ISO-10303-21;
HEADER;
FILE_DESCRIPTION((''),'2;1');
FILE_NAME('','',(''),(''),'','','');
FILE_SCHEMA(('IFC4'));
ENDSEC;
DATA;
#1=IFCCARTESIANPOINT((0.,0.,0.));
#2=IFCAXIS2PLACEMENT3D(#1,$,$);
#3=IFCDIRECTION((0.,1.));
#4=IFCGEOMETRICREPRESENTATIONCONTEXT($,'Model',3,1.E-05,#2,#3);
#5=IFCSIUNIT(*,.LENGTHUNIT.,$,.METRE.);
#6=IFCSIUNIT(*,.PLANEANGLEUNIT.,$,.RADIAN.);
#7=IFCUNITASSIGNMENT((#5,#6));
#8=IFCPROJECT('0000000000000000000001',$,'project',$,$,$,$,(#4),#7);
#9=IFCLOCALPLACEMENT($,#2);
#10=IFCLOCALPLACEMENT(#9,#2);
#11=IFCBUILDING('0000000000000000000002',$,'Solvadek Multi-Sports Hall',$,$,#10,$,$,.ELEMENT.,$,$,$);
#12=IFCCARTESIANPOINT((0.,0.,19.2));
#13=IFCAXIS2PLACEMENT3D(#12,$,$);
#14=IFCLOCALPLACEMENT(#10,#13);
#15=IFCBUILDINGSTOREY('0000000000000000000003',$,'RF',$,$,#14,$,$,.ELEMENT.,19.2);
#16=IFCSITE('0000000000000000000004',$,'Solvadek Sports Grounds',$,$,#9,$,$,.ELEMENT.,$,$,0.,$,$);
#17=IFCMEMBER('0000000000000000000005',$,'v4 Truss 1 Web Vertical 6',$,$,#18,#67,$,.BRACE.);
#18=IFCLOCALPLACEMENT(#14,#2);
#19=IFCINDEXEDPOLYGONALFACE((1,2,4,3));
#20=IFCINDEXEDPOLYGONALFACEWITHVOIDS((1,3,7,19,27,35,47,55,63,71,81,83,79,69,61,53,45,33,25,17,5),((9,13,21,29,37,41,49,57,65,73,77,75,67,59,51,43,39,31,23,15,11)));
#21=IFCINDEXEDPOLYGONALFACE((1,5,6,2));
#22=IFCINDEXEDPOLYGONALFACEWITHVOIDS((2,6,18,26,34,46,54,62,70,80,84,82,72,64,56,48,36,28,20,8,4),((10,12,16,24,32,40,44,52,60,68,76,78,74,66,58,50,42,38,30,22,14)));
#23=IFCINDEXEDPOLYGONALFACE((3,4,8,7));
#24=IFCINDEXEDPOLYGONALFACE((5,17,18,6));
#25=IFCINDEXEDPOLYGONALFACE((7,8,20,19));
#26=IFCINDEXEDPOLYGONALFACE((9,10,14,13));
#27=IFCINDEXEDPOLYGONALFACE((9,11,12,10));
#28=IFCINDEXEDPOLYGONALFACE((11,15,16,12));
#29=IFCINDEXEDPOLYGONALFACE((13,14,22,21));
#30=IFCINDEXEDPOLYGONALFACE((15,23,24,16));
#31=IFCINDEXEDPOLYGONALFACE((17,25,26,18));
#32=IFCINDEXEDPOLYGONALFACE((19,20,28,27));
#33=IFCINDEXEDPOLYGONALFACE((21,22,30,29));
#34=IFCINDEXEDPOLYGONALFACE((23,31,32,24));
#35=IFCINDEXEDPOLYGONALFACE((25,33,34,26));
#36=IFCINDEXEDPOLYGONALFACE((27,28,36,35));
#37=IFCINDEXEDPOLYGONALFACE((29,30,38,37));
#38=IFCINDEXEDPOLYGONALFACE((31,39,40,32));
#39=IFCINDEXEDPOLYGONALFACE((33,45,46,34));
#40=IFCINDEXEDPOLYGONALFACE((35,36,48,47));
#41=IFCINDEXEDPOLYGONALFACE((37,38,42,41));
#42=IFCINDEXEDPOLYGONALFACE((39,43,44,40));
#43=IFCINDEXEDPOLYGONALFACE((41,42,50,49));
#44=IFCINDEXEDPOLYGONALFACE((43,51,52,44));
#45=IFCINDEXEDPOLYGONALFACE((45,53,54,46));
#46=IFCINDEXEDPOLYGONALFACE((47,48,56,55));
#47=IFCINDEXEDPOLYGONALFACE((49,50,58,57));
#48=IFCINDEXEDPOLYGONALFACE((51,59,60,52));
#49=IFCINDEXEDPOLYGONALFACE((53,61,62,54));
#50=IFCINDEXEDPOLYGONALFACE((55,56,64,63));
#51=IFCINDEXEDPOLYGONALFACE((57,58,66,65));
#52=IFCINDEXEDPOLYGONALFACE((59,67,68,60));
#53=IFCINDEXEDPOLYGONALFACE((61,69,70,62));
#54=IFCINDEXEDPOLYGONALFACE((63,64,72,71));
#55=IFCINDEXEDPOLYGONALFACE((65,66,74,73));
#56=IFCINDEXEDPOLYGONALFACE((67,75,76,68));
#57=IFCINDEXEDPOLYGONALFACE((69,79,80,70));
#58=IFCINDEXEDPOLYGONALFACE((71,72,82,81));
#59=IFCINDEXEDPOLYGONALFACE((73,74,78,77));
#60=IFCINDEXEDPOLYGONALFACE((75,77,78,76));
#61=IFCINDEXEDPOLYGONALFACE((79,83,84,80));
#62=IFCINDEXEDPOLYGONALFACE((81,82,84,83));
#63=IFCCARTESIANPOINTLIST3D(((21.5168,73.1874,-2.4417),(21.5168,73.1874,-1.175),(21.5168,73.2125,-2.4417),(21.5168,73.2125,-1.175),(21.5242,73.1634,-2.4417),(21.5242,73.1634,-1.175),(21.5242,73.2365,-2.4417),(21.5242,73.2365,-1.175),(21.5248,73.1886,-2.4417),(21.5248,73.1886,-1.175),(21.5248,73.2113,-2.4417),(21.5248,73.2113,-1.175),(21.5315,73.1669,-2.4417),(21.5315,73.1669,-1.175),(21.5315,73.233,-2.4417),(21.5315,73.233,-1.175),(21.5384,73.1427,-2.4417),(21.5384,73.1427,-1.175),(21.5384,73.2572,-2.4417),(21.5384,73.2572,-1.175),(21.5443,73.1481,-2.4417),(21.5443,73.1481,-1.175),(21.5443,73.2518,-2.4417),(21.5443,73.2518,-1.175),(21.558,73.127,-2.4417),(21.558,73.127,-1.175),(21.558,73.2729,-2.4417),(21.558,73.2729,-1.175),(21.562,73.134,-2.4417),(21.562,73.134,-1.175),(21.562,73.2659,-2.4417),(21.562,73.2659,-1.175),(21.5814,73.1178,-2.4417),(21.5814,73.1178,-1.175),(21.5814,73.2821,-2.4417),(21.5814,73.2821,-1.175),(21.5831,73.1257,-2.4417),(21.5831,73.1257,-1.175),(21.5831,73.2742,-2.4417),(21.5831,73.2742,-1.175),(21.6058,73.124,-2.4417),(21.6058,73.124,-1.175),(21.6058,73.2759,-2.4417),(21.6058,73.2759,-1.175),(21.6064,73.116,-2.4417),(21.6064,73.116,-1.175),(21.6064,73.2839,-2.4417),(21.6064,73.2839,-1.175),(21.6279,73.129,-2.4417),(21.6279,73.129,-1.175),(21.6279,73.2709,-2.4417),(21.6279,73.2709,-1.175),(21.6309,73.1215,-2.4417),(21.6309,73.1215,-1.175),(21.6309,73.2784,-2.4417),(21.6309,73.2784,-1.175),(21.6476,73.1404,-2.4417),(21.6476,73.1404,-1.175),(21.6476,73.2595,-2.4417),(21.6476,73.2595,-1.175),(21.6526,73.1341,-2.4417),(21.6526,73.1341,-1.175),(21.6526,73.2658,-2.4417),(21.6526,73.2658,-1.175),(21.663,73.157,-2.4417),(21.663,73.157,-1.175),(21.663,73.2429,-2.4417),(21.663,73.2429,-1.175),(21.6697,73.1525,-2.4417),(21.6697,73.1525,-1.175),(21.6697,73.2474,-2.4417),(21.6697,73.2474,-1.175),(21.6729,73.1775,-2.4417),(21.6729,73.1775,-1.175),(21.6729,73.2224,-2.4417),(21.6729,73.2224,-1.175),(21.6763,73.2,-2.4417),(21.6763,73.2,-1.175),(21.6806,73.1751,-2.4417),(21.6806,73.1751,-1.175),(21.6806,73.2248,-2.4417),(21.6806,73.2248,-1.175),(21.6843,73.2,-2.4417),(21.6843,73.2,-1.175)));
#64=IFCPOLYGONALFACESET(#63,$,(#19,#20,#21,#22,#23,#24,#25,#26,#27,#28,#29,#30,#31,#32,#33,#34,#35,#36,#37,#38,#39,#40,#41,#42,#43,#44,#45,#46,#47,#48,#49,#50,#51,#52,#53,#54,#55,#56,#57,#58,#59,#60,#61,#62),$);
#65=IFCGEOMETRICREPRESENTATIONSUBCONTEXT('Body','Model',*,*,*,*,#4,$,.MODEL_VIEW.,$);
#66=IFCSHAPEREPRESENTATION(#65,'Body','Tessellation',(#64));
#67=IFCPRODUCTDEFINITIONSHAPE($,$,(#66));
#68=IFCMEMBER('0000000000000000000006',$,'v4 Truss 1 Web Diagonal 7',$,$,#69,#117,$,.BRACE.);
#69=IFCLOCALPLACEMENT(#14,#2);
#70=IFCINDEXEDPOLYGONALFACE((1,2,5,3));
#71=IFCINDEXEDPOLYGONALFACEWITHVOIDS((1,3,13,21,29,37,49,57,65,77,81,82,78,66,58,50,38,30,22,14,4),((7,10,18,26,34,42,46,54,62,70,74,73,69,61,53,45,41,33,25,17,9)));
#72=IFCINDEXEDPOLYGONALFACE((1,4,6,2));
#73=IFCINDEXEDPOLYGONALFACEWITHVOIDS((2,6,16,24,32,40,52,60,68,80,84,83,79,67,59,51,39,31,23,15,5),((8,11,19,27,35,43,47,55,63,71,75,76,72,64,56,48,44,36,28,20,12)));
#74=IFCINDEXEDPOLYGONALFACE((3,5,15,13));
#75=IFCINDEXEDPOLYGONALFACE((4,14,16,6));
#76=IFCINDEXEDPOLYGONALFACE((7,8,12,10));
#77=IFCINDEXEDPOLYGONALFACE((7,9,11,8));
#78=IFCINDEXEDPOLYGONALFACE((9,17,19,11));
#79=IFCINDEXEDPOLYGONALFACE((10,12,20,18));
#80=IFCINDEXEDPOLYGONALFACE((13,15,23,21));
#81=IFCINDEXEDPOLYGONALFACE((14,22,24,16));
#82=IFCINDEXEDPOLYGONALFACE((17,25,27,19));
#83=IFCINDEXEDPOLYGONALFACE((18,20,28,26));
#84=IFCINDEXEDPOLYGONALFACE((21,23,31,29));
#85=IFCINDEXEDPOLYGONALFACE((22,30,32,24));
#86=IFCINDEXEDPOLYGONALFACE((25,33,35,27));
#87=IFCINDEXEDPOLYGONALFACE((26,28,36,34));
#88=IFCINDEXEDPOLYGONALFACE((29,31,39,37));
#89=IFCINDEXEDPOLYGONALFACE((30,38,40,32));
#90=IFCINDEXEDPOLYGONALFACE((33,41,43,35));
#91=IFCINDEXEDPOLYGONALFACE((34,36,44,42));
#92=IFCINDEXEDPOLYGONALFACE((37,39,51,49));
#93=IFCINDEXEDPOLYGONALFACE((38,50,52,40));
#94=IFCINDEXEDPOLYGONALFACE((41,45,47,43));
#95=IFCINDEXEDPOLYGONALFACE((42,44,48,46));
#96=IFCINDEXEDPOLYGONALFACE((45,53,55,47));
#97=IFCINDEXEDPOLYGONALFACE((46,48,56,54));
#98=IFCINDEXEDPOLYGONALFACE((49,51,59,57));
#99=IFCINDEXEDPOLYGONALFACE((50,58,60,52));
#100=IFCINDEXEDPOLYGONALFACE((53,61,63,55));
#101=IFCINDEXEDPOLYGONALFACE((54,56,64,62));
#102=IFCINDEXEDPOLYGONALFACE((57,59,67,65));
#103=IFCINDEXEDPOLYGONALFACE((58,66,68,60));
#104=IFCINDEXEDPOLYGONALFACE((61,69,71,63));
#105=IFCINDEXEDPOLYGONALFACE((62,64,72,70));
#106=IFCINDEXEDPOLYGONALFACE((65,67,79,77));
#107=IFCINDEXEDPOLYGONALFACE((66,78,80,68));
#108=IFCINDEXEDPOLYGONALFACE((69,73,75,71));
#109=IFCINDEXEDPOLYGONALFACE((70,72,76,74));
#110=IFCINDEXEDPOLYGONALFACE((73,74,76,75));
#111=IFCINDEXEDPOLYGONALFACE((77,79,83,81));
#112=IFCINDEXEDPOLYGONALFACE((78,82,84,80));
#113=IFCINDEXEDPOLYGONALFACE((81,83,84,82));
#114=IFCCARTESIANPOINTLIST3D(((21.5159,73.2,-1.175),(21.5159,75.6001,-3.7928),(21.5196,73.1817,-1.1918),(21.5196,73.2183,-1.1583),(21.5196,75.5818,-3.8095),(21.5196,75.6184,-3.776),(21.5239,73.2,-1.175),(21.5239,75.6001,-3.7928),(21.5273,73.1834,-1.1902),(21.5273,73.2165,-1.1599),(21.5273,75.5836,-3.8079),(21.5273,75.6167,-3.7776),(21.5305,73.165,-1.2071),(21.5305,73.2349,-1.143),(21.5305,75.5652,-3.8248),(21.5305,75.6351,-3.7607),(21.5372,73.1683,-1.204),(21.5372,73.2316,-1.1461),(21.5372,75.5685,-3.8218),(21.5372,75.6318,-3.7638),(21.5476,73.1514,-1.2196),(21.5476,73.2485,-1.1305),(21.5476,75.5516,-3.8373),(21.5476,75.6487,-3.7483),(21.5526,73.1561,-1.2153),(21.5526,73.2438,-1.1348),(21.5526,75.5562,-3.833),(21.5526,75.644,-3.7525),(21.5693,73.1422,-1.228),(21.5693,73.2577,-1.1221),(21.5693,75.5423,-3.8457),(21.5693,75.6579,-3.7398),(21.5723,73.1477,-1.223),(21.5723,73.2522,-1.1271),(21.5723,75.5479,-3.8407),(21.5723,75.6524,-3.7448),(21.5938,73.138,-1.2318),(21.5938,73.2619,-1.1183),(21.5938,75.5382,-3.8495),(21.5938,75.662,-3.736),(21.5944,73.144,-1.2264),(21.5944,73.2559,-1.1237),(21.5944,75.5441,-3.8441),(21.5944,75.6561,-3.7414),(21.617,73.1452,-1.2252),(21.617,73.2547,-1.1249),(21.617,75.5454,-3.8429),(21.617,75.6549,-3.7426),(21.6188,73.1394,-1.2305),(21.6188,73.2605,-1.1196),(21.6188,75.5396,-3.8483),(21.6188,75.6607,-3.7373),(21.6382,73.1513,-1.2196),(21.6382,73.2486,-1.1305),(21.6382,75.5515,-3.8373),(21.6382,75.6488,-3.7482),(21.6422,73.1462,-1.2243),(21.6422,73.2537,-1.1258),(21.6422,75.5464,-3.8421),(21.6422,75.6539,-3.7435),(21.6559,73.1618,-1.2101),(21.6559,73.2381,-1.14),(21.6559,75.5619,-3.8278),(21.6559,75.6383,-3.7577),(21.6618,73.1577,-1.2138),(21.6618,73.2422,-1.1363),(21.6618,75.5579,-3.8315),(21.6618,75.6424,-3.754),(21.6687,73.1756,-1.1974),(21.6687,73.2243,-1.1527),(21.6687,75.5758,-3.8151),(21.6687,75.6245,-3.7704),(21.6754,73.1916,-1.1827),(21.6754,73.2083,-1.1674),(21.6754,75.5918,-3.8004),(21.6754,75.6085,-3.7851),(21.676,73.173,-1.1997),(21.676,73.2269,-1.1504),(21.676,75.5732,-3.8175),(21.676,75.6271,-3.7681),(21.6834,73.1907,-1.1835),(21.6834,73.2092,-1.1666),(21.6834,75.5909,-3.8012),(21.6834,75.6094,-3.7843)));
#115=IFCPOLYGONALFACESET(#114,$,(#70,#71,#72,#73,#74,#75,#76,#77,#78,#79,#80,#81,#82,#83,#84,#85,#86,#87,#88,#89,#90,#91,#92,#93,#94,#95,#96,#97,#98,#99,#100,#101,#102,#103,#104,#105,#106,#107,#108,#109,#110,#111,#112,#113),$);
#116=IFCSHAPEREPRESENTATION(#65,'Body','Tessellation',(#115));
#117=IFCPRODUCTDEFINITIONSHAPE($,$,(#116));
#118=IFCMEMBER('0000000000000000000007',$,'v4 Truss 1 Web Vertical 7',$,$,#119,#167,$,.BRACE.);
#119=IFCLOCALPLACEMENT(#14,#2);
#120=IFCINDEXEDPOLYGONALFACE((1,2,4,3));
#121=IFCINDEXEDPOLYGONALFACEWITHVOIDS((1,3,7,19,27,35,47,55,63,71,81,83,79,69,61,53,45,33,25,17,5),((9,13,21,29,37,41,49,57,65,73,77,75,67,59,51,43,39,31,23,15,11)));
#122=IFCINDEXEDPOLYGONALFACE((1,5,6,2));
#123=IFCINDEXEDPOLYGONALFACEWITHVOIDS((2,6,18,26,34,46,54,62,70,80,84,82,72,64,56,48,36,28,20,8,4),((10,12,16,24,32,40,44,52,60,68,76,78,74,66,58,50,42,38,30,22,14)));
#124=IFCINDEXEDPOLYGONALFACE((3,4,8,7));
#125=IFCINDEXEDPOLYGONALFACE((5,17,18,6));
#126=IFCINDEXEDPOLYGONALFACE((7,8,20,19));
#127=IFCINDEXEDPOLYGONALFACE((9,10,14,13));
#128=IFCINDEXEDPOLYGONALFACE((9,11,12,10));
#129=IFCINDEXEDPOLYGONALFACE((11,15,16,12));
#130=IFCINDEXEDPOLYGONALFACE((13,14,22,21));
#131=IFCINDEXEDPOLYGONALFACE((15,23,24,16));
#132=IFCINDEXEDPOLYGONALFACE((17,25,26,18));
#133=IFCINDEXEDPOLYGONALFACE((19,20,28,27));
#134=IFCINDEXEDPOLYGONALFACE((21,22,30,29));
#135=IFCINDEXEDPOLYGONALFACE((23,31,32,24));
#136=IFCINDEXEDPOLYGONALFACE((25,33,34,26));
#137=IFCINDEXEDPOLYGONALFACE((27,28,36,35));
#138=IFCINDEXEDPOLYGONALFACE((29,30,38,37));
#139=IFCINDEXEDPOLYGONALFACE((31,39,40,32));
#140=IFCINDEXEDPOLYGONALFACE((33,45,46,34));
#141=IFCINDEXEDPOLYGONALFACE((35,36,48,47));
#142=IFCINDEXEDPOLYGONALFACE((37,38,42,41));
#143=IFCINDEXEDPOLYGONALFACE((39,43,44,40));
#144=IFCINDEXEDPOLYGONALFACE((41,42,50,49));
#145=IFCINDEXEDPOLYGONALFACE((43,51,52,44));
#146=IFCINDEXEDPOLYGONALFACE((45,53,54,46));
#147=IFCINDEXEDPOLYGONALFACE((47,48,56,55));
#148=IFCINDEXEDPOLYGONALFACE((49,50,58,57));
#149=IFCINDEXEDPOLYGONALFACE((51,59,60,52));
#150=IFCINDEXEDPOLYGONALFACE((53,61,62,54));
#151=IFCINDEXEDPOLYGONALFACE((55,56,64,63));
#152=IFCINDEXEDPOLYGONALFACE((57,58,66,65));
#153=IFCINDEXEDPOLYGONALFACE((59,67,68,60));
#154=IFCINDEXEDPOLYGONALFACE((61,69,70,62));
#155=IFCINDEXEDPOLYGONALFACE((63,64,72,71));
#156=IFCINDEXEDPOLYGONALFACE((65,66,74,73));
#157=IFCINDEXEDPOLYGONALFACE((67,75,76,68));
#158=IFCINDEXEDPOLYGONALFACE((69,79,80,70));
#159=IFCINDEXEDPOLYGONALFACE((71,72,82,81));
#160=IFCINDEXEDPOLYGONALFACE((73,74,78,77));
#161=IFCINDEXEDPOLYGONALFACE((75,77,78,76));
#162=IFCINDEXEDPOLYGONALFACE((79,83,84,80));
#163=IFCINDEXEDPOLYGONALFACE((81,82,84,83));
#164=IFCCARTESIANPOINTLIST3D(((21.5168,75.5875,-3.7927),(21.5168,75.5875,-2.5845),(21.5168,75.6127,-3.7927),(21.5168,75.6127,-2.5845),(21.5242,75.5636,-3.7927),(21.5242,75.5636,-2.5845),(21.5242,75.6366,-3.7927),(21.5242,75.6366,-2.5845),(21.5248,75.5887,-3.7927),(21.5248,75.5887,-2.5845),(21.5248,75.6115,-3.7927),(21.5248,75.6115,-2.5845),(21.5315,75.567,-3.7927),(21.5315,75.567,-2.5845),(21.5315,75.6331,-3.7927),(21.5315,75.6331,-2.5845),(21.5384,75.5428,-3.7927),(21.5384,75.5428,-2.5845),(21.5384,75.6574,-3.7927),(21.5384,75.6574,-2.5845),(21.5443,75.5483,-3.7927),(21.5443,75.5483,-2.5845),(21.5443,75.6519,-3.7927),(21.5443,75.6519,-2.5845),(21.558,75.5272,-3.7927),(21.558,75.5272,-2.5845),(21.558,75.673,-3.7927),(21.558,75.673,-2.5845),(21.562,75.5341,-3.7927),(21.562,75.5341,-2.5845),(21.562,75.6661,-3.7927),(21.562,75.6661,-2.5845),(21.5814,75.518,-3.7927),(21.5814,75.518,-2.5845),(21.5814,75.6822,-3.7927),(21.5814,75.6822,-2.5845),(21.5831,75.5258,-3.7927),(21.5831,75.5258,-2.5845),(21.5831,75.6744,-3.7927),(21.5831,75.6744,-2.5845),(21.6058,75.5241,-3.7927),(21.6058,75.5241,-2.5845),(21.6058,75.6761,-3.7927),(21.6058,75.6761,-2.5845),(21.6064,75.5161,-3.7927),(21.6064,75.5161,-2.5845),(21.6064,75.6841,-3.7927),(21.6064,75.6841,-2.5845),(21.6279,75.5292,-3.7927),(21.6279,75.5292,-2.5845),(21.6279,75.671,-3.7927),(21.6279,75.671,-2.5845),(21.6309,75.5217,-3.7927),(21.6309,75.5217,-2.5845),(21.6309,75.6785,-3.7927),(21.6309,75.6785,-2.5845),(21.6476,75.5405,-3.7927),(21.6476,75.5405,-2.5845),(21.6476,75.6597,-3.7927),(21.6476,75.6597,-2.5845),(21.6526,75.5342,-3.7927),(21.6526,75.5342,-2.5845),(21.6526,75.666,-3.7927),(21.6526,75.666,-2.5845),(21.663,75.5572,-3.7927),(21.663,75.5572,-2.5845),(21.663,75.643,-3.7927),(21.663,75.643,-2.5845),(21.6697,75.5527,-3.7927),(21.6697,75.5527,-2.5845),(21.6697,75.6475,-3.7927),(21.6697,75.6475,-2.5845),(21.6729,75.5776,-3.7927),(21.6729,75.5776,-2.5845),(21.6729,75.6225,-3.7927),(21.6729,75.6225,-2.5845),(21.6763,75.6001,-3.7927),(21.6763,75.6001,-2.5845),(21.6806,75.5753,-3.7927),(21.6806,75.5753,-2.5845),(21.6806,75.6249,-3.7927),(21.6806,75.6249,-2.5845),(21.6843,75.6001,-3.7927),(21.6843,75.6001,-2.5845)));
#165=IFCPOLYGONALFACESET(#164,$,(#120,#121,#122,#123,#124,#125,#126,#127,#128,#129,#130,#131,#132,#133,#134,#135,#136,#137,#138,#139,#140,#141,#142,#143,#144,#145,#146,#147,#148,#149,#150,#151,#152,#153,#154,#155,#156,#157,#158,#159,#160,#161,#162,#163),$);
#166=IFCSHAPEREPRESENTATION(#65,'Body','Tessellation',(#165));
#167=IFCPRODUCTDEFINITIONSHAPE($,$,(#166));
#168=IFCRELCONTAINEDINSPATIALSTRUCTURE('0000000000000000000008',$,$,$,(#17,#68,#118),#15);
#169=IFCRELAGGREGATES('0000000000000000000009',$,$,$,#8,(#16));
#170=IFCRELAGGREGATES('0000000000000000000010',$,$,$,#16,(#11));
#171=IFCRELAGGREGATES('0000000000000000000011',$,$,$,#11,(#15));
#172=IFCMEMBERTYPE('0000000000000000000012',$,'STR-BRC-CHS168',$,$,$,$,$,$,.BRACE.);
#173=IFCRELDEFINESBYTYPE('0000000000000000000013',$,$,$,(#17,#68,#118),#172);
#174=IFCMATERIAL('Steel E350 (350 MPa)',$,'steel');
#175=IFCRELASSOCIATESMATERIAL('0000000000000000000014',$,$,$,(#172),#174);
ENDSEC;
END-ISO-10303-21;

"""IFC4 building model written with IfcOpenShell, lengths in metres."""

from ifc_helpers import new_model, si_unit, direction, frame, origin, origin_2d, place, context, subcontext, project, spatial, hollow_circle, extrude, material, material_profile, profile_set, type_object, element, save


model = new_model("IFC4")

# Units and contexts
model_context = context("Model", 3, precision=1e-05, world=origin(), true_north=direction((0.0, 1.0)))
body_context = subcontext(model_context, "Body", "Model", "MODEL_VIEW")
ifc_project = project(units=[si_unit("LENGTHUNIT", "METRE"), si_unit("PLANEANGLEUNIT", "RADIAN")], contexts=[model_context])

# Site, building, storey
site_placement = place(None, origin())
site = spatial("IfcSite", under=ifc_project, at=site_placement, Name="Solvadek Sports Grounds", CompositionType="ELEMENT", RefElevation=0.0)
building_placement = place(site_placement, origin())
building = spatial("IfcBuilding", under=site, at=building_placement, Name="Solvadek Multi-Sports Hall", CompositionType="ELEMENT")
storey_placement = place(building_placement, frame((0.0, 0.0, 19.2)))
storey = spatial("IfcBuildingStorey", under=building, at=storey_placement, Name="RF", CompositionType="ELEMENT", Elevation=19.2)

# Members
ifc_material_1 = material(Name="Steel E350 (350 MPa)", Category="steel")
ifc_material_profile_1 = material_profile(ifc_material_1, hollow_circle(Radius=0.0842, WallThickness=0.0081, at=origin_2d()), Name="CHS 168.3x8")
ifc_profile_set_1 = profile_set([ifc_material_profile_1], Name="Steel E350 (350 MPa)")
member_type_1 = type_object("IfcMemberType", Name="STR-BRC-CHS168", PredefinedType="BRACE", material=ifc_profile_set_1)
member_1_placement = place(storey_placement, frame((21.6001, 73.2, -2.4417), z_axis=(0.0, 0.0, 1.0), x_axis=(1.0, 0.0, 0.0)))
element("IfcMember", 1, at=member_1_placement, inside=storey, type_object=member_type_1, Name="v4 Truss 1 Web Vertical 6", PredefinedType="BRACE", context=body_context, shape_type="SweptSolid", body=[
    extrude(hollow_circle(Radius=0.0842, WallThickness=0.0081, at=origin_2d()), origin(), (0.0, 0.0, 1.0), 1.2666),
])
member_2_placement = place(storey_placement, frame((21.6001, 73.2, -1.175), z_axis=(0.0, 0.675818, -0.737069), x_axis=(-1.0, 0.0, 0.0)))
element("IfcMember", 2, at=member_2_placement, inside=storey, type_object=member_type_1, Name="v4 Truss 1 Web Diagonal 7", PredefinedType="BRACE", context=body_context, shape_type="SweptSolid", body=[
    extrude(hollow_circle(Radius=0.0842, WallThickness=0.0081, at=origin_2d()), origin(), (0.0, 0.0, 1.0), 3.5515),
])
member_3_placement = place(storey_placement, frame((21.6001, 75.6001, -3.7927), z_axis=(0.0, 0.0, 1.0), x_axis=(1.0, 0.0, 0.0)))
element("IfcMember", 3, at=member_3_placement, inside=storey, type_object=member_type_1, Name="v4 Truss 1 Web Vertical 7", PredefinedType="BRACE", context=body_context, shape_type="SweptSolid", body=[
    extrude(hollow_circle(Radius=0.0842, WallThickness=0.0081, at=origin_2d()), origin(), (0.0, 0.0, 1.0), 1.2083),
])

save(model, "model.ifc")
